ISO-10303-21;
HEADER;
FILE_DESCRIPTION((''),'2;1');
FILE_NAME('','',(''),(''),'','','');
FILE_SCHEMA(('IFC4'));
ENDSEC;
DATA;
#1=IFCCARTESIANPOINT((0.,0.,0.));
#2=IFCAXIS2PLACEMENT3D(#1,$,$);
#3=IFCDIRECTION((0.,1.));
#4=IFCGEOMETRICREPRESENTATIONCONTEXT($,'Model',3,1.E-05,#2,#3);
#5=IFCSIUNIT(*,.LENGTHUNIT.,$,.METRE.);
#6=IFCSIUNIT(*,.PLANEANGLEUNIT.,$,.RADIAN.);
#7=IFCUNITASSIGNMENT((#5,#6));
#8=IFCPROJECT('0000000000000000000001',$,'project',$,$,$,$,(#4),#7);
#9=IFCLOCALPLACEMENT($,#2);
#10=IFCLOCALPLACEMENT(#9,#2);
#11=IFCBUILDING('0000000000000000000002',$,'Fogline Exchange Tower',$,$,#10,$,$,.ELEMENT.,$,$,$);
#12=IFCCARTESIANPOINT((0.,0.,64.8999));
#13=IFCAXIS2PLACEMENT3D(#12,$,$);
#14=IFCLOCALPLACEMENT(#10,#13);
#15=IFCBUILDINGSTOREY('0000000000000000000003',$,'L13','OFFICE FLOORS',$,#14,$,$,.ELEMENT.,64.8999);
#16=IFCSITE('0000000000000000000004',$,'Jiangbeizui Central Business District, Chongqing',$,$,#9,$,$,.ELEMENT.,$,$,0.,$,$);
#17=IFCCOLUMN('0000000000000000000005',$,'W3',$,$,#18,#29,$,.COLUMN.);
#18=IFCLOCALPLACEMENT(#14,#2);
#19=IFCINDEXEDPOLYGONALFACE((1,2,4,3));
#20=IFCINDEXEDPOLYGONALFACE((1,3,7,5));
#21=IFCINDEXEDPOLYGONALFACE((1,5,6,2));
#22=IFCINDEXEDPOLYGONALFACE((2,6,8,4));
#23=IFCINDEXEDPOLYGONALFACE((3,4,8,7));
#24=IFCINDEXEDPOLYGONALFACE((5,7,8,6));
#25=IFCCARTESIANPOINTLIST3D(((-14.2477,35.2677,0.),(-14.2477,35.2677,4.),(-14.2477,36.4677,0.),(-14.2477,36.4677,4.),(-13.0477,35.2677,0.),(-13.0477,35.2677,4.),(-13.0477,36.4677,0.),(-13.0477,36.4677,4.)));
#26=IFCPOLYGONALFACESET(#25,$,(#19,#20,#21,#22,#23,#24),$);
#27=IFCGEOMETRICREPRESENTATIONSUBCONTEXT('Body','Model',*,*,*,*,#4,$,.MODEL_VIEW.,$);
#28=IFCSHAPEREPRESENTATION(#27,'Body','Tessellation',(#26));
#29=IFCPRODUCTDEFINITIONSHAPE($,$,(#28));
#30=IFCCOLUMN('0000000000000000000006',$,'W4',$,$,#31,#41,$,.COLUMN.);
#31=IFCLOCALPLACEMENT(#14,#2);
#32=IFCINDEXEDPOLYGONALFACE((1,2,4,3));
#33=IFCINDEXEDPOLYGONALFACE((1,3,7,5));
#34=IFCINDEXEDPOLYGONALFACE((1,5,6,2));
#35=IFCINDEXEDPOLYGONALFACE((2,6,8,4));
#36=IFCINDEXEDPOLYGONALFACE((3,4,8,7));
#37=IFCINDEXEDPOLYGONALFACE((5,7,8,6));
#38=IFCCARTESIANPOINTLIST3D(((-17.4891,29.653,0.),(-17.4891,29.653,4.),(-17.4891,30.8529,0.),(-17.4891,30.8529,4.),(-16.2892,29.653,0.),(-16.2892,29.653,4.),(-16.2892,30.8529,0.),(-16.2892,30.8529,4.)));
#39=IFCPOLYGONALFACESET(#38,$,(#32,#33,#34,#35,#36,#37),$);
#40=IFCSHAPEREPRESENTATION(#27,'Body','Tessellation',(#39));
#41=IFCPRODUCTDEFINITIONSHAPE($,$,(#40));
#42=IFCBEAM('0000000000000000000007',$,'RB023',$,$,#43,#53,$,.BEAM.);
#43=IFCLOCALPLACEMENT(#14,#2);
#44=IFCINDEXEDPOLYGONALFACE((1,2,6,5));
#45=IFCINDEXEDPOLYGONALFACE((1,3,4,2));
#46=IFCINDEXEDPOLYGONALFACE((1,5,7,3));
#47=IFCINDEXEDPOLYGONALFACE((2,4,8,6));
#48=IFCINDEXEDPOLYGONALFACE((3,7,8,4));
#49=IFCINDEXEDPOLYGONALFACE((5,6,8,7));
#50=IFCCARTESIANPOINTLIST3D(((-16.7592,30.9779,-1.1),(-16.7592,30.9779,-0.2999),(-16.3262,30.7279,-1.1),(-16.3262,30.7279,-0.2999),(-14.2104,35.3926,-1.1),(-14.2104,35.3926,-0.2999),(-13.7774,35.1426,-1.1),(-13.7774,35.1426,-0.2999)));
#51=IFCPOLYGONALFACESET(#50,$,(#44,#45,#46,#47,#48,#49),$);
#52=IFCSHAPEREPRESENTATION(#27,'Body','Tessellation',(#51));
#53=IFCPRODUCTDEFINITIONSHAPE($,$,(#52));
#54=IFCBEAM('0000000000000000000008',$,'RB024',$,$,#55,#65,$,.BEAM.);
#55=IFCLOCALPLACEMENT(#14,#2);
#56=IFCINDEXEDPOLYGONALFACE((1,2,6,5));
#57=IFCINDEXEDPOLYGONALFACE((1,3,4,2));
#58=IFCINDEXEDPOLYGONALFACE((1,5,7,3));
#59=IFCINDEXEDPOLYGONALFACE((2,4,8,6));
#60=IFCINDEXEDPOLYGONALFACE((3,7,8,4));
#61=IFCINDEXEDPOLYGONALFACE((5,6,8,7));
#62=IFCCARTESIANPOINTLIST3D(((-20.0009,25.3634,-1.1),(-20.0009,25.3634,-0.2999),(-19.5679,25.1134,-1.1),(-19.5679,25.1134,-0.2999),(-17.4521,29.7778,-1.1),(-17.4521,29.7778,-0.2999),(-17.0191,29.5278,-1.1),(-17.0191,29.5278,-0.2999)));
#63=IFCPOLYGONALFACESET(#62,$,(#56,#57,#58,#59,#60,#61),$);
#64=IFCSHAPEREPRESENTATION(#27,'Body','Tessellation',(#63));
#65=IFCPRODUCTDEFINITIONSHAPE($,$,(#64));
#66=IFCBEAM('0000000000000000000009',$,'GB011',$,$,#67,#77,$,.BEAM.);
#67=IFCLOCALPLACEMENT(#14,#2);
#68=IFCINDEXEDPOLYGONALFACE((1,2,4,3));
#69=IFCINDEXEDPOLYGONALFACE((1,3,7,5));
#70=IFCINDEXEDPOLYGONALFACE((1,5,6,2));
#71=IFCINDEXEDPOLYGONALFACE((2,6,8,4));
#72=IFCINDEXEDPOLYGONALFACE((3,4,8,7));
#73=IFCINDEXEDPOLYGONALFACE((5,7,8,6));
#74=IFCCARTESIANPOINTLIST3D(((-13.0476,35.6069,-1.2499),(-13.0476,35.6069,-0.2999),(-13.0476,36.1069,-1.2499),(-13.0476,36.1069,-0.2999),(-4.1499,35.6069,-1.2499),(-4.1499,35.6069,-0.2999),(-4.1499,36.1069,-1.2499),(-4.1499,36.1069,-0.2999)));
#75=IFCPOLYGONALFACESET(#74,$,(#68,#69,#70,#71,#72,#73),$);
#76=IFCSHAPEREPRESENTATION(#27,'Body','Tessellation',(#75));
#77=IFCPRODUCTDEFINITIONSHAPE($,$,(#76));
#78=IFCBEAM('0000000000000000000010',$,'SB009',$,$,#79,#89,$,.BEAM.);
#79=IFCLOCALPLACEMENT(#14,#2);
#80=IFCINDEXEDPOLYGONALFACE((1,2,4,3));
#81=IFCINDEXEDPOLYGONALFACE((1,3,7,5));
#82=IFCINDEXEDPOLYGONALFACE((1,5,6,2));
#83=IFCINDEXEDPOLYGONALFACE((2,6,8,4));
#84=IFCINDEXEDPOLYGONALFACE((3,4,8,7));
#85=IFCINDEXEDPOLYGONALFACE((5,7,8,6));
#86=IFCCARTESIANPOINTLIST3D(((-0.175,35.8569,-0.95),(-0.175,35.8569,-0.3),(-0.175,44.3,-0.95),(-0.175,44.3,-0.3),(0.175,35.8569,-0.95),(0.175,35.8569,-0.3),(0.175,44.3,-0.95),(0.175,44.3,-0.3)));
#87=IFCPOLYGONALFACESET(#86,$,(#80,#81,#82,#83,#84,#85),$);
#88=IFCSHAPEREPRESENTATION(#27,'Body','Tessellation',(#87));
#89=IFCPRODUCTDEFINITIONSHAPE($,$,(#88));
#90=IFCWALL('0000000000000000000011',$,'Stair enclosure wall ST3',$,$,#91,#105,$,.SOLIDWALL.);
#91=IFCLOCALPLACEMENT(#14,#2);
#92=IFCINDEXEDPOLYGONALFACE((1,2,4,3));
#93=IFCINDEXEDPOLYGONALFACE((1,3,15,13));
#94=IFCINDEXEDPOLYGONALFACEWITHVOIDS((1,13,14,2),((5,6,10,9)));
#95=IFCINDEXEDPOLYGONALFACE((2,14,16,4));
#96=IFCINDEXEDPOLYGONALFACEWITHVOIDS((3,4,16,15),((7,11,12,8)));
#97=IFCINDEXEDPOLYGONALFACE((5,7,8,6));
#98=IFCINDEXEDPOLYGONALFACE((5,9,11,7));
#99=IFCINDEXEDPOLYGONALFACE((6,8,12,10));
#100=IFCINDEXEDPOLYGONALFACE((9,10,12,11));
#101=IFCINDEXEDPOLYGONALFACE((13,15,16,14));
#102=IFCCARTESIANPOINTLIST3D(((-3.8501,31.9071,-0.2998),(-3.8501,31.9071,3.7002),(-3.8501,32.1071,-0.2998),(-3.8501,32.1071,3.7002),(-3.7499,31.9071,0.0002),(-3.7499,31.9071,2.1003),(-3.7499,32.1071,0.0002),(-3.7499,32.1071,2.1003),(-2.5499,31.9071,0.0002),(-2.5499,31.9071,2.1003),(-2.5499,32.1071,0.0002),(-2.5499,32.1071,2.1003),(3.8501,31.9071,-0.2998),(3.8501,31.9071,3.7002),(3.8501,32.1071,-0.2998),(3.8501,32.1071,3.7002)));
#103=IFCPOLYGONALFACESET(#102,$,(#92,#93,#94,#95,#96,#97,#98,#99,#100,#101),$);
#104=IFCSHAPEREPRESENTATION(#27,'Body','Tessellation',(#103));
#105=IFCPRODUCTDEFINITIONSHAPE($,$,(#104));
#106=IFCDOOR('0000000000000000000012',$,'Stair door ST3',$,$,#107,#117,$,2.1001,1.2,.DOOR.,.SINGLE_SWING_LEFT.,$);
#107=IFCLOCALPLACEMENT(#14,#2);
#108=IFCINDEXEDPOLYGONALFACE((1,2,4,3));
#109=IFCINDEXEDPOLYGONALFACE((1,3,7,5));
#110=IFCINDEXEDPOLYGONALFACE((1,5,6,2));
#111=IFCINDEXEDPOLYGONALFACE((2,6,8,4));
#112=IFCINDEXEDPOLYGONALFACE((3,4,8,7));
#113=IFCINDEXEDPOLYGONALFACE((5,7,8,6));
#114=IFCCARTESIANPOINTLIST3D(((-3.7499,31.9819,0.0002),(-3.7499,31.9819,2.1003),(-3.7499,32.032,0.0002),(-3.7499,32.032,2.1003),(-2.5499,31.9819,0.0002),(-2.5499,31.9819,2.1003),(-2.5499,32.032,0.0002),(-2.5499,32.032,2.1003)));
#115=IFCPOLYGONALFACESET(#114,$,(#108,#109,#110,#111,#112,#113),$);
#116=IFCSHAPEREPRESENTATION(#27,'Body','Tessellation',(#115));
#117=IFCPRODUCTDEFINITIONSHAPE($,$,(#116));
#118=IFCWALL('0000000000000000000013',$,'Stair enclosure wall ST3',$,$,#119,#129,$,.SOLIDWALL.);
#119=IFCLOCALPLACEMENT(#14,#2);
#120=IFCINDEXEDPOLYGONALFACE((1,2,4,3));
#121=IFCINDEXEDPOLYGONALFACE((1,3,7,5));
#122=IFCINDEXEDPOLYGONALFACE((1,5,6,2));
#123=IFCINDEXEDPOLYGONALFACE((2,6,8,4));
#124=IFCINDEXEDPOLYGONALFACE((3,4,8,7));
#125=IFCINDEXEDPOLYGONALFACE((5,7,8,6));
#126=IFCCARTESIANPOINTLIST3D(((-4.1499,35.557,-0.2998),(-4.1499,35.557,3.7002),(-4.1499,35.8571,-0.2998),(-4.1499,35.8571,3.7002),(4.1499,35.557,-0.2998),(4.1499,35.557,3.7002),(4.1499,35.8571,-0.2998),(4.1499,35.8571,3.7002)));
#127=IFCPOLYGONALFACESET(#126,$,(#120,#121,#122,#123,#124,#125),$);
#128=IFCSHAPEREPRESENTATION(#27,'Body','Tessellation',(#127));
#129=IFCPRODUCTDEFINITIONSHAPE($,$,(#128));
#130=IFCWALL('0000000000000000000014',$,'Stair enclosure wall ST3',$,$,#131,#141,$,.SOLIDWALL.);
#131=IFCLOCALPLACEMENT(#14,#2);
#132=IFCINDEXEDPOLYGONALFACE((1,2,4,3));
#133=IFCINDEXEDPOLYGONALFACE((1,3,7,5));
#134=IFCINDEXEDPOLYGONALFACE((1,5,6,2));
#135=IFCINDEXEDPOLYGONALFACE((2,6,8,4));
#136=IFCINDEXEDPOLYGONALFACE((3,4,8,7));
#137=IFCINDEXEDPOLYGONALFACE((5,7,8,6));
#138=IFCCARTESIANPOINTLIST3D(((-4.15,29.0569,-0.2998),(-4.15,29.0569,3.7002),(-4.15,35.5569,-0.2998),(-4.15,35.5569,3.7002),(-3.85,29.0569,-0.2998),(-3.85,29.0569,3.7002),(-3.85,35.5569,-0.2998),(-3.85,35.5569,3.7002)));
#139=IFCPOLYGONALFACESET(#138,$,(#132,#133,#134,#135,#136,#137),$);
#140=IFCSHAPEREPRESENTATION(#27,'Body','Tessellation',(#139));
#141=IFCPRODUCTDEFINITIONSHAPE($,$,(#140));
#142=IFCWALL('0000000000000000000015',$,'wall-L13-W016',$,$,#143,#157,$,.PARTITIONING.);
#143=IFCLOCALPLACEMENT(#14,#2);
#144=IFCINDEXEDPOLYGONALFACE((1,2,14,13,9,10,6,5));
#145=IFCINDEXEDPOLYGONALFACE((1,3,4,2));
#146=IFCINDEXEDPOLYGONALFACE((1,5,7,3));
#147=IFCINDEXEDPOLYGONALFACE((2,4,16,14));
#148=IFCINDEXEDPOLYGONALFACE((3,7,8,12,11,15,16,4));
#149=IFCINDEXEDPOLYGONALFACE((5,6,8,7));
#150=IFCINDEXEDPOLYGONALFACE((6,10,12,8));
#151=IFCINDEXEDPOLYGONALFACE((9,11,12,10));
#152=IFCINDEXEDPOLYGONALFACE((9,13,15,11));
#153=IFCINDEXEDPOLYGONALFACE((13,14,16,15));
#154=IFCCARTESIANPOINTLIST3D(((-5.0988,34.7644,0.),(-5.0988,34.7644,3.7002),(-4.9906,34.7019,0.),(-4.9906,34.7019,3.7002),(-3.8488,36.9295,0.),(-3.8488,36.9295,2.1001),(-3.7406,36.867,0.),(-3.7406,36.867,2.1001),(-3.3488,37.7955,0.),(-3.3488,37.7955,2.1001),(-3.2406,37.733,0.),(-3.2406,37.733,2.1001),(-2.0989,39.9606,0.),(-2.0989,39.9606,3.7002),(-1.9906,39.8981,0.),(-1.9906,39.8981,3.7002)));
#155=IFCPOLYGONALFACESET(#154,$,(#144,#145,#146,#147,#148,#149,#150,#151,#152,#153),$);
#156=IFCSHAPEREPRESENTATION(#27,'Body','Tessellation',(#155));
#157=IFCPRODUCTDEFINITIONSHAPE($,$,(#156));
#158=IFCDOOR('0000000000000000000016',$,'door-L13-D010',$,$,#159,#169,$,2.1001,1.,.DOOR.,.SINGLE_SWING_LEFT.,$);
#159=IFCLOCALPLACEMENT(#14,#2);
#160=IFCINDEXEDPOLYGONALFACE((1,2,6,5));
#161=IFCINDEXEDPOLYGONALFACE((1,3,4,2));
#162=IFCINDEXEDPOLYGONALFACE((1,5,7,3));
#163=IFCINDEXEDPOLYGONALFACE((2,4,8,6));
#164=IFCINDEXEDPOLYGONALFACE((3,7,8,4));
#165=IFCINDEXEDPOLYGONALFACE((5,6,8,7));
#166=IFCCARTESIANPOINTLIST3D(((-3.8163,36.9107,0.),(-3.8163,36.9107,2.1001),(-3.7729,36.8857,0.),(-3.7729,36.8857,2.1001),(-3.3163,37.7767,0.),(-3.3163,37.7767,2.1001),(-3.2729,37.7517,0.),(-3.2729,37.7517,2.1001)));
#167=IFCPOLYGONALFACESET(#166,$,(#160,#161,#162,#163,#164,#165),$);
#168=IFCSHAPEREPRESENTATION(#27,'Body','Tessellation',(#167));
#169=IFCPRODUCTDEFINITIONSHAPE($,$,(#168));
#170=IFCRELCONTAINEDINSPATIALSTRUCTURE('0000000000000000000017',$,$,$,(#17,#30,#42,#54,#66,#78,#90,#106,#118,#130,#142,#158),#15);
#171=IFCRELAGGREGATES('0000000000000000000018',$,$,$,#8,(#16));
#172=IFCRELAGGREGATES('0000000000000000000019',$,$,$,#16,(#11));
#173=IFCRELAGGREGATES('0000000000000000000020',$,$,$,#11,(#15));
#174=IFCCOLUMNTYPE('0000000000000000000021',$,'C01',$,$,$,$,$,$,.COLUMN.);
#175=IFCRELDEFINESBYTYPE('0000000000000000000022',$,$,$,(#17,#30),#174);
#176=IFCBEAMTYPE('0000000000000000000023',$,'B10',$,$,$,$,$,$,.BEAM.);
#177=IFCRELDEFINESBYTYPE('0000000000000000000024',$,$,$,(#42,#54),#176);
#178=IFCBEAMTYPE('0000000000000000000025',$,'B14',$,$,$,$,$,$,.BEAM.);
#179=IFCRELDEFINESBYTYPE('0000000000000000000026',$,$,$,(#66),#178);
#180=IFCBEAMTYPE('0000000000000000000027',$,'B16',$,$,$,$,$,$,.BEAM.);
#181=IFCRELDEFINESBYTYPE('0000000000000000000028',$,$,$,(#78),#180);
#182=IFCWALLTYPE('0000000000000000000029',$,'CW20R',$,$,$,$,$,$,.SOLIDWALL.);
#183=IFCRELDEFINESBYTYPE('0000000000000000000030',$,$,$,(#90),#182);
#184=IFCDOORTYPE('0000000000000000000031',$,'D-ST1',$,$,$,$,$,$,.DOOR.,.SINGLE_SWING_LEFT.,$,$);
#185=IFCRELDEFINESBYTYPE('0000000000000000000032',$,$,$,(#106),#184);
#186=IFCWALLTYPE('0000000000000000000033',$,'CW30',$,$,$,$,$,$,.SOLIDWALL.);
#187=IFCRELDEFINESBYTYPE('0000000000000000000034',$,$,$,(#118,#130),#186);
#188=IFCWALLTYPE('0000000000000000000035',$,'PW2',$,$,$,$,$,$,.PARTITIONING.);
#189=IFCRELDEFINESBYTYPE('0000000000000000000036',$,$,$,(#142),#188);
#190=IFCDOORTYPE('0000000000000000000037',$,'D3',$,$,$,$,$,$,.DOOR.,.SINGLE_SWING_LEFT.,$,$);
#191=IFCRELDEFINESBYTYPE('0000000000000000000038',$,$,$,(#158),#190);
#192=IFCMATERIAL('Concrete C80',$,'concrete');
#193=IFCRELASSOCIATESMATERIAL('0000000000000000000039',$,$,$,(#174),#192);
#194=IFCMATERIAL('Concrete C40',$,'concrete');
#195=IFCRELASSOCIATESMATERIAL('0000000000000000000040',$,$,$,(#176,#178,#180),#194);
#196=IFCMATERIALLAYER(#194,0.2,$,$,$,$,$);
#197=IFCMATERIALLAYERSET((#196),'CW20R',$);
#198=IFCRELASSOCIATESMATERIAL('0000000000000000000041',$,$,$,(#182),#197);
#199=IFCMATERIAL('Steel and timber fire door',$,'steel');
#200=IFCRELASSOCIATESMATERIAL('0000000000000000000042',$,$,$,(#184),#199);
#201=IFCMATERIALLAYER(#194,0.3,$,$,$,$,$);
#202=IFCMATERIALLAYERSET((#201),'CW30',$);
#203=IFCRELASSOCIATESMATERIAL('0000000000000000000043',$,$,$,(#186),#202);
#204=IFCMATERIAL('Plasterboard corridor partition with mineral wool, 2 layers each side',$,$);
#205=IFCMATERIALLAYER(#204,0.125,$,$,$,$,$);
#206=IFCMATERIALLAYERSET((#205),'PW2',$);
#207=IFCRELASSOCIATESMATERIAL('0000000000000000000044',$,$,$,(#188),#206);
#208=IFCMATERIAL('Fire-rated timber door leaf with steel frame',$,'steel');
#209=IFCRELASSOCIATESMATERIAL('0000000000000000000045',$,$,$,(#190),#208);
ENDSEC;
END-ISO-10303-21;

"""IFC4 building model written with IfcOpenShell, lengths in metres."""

from ifc_helpers import new_model, si_unit, direction, frame, frame_2d, origin, origin_2d, place, context, subcontext, project, spatial, rectangle, extrude, material, layer, layer_set, material_profile, profile_set, type_object, element, fill, save


model = new_model("IFC4")

# Units and contexts
model_context = context("Model", 3, precision=1e-05, world=origin(), true_north=direction((0.0, 1.0)))
body_context = subcontext(model_context, "Body", "Model", "MODEL_VIEW")
ifc_project = project(units=[si_unit("LENGTHUNIT", "METRE"), si_unit("PLANEANGLEUNIT", "RADIAN")], contexts=[model_context])

# Site, building, storey
site_placement = place(None, origin())
site = spatial("IfcSite", under=ifc_project, at=site_placement, Name="Jiangbeizui Central Business District, Chongqing", CompositionType="ELEMENT", RefElevation=0.0)
building_placement = place(site_placement, origin())
building = spatial("IfcBuilding", under=site, at=building_placement, Name="Fogline Exchange Tower", CompositionType="ELEMENT")
storey_placement = place(building_placement, frame((0.0, 0.0, 64.8999)))
storey = spatial("IfcBuildingStorey", under=building, at=storey_placement, Name="L13", Description="OFFICE FLOORS", CompositionType="ELEMENT", Elevation=64.8999)

# Columns
ifc_material_1 = material(Name="Concrete C80", Category="concrete")
ifc_material_profile_1 = material_profile(ifc_material_1, rectangle(XDim=1.2, YDim=1.2, at=origin_2d()), Name="RC 1200x1200")
ifc_profile_set_1 = profile_set([ifc_material_profile_1], Name="Concrete C80")
column_type = type_object("IfcColumnType", Name="C01", PredefinedType="COLUMN", material=ifc_profile_set_1)
for number, where, z_axis, x_axis, name in (
    (1, (-13.6477, 35.8677, 0.0), (0.0, 0.0, 1.0), (1.0, 0.0, 0.0), "W3"),
    (2, (-16.8892, 30.2529, 0.0), (0.0, 0.0, 1.0), (1.0, 0.0, 0.0), "W4"),
):
    element("IfcColumn", number, at=place(storey_placement, frame(where, z_axis=z_axis, x_axis=x_axis)), inside=storey, type_object=column_type, Name=name, PredefinedType="COLUMN", context=body_context, shape_type="SweptSolid", body=[
        extrude(rectangle(XDim=1.2, YDim=1.2, at=origin_2d()), origin(), (0.0, 0.0, 1.0), 4.0),
    ])

# Beams
ifc_material_2 = material(Name="Concrete C40", Category="concrete")
ifc_material_profile_2 = material_profile(ifc_material_2, rectangle(XDim=0.5, YDim=0.8, at=origin_2d()), Name="RC 500x800")
ifc_profile_set_2 = profile_set([ifc_material_profile_2], Name="Concrete C40")
beam_type_1 = type_object("IfcBeamType", Name="B10", PredefinedType="BEAM", material=ifc_profile_set_2)
beam_1_placement = place(storey_placement, frame((-13.9939, 35.2676, -0.7), z_axis=(-0.499992, -0.86603, 0.0), x_axis=(0.86603, -0.499992, 0.0)))
element("IfcBeam", 3, at=beam_1_placement, inside=storey, type_object=beam_type_1, Name="RB023", PredefinedType="BEAM", context=body_context, shape_type="SweptSolid", body=[
    extrude(rectangle(XDim=0.5, YDim=0.8, at=origin_2d()), origin(), (0.0, 0.0, 1.0), 5.0977),
])
beam_2_placement = place(storey_placement, frame((-17.2356, 29.6528, -0.7), z_axis=(-0.500013, -0.866018, 0.0), x_axis=(0.866018, -0.500013, 0.0)))
element("IfcBeam", 4, at=beam_2_placement, inside=storey, type_object=beam_type_1, Name="RB024", PredefinedType="BEAM", context=body_context, shape_type="SweptSolid", body=[
    extrude(rectangle(XDim=0.5, YDim=0.8, at=origin_2d()), origin(), (0.0, 0.0, 1.0), 5.0974),
])
ifc_material_profile_3 = material_profile(ifc_material_2, rectangle(XDim=0.5, YDim=0.95, at=origin_2d()), Name="RC 500x950")
ifc_profile_set_3 = profile_set([ifc_material_profile_3], Name="Concrete C40")
beam_type_2 = type_object("IfcBeamType", Name="B14", PredefinedType="BEAM", material=ifc_profile_set_3)
beam_3_placement = place(storey_placement, frame((-13.0476, 35.8569, -0.7749), z_axis=(1.0, 0.0, 0.0), x_axis=(0.0, 1.0, 0.0)))
element("IfcBeam", 5, at=beam_3_placement, inside=storey, type_object=beam_type_2, Name="GB011", PredefinedType="BEAM", context=body_context, shape_type="SweptSolid", body=[
    extrude(rectangle(XDim=0.5, YDim=0.95, at=origin_2d()), origin(), (0.0, 0.0, 1.0), 8.8977),
])
ifc_material_profile_4 = material_profile(ifc_material_2, rectangle(XDim=0.3501, YDim=0.6499, at=origin_2d()), Name="RC 350x650")
ifc_profile_set_4 = profile_set([ifc_material_profile_4], Name="Concrete C40")
beam_type_3 = type_object("IfcBeamType", Name="B16", PredefinedType="BEAM", material=ifc_profile_set_4)
beam_4_placement = place(storey_placement, frame((0.0, 35.8569, -0.625), z_axis=(0.0, 1.0, 0.0), x_axis=(-1.0, 0.0, 0.0)))
element("IfcBeam", 6, at=beam_4_placement, inside=storey, type_object=beam_type_3, Name="SB009", PredefinedType="BEAM", context=body_context, shape_type="SweptSolid", body=[
    extrude(rectangle(XDim=0.3501, YDim=0.6499, at=origin_2d()), origin(), (0.0, 0.0, 1.0), 8.4431),
])

# Wall, opening, door
ifc_layer_1 = layer(ifc_material_2, 0.2)
ifc_layer_set_1 = layer_set([ifc_layer_1], Name="CW20R")
wall_type_1 = type_object("IfcWallType", Name="CW20R", PredefinedType="SOLIDWALL", material=ifc_layer_set_1)
wall_1_placement = place(storey_placement, frame((-3.8501, 32.0071, -0.2998), z_axis=(0.0, 0.0, 1.0), x_axis=(1.0, 0.0, 0.0)))
wall_1 = element("IfcWall", 7, at=wall_1_placement, inside=storey, type_object=wall_type_1, Name="Stair enclosure wall ST3", PredefinedType="SOLIDWALL", context=body_context, shape_type="SweptSolid", body=[
    extrude(rectangle(XDim=7.7002, YDim=0.2, at=frame_2d((3.8501, 0.0))), origin(), (0.0, 0.0, 1.0), 4.0),
])
opening_1_placement = place(wall_1_placement, frame((0.1001, 0.0, 0.3)))
opening_1 = element("IfcOpeningElement", 8, at=opening_1_placement, cuts=wall_1, PredefinedType="OPENING", context=body_context, shape_type="SweptSolid", body=[
    extrude(rectangle(XDim=1.2, YDim=2.1001, at=frame_2d((0.6001, 1.05))), frame((0.0, 0.1099, 0.0), z_axis=(0.0, -1.0, 0.0), x_axis=(1.0, 0.0, 0.0)), (0.0, 0.0, 1.0), 0.22),
])
ifc_material_3 = material(Name="Steel and timber fire door", Category="steel")
door_type_1 = type_object("IfcDoorType", Name="D-ST1", OperationType="SINGLE_SWING_LEFT", PredefinedType="DOOR", material=ifc_material_3)
door_1_placement = place(opening_1_placement, origin())
door_1 = element("IfcDoor", 9, at=door_1_placement, inside=storey, type_object=door_type_1, Name="Stair door ST3", OperationType="SINGLE_SWING_LEFT", OverallHeight=2.1001, OverallWidth=1.2, PredefinedType="DOOR", context=body_context, shape_type="SweptSolid", body=[
    extrude(rectangle(XDim=1.2, YDim=2.1001, at=frame_2d((0.6001, 1.05))), frame((0.0, 0.0249, 0.0), z_axis=(0.0, -1.0, 0.0), x_axis=(1.0, 0.0, 0.0)), (0.0, 0.0, 1.0), 0.05),
])
fill(opening_1, door_1)

# Walls
ifc_layer_2 = layer(ifc_material_2, 0.3)
ifc_layer_set_2 = layer_set([ifc_layer_2], Name="CW30")
wall_type_2 = type_object("IfcWallType", Name="CW30", PredefinedType="SOLIDWALL", material=ifc_layer_set_2)
wall_2_placement = place(storey_placement, frame((-4.1499, 35.707, -0.2998), z_axis=(0.0, 0.0, 1.0), x_axis=(1.0, 0.0, 0.0)))
element("IfcWall", 10, at=wall_2_placement, inside=storey, type_object=wall_type_2, Name="Stair enclosure wall ST3", PredefinedType="SOLIDWALL", context=body_context, shape_type="SweptSolid", body=[
    extrude(rectangle(XDim=8.2998, YDim=0.3, at=frame_2d((4.1499, 0.0))), origin(), (0.0, 0.0, 1.0), 4.0),
])
wall_3_placement = place(storey_placement, frame((-4.0, 29.0569, -0.2998), z_axis=(0.0, 0.0, 1.0), x_axis=(0.0, 1.0, 0.0)))
element("IfcWall", 11, at=wall_3_placement, inside=storey, type_object=wall_type_2, Name="Stair enclosure wall ST3", PredefinedType="SOLIDWALL", context=body_context, shape_type="SweptSolid", body=[
    extrude(rectangle(XDim=6.5, YDim=0.3, at=frame_2d((3.25, 0.0))), origin(), (0.0, 0.0, 1.0), 4.0),
])

# Wall, opening, door
ifc_material_4 = material(Name="Plasterboard corridor partition with mineral wool, 2 layers each side")
ifc_layer_3 = layer(ifc_material_4, 0.125)
ifc_layer_set_3 = layer_set([ifc_layer_3], Name="PW2")
wall_type_3 = type_object("IfcWallType", Name="PW2", PredefinedType="PARTITIONING", material=ifc_layer_set_3)
wall_4_placement = place(storey_placement, frame((-5.0447, 34.7332, 0.0), z_axis=(0.0, 0.0, 1.0), x_axis=(0.49999, 0.866031, 0.0)))
wall_4 = element("IfcWall", 12, at=wall_4_placement, inside=storey, type_object=wall_type_3, Name="wall-L13-W016", PredefinedType="PARTITIONING", context=body_context, shape_type="SweptSolid", body=[
    extrude(rectangle(XDim=6.0, YDim=0.125, at=frame_2d((3.0, 0.0))), origin(), (0.0, 0.0, 1.0), 3.7002),
])
opening_2_placement = place(wall_4_placement, frame((2.5, 0.0, 0.0)))
opening_2 = element("IfcOpeningElement", 13, at=opening_2_placement, cuts=wall_4, PredefinedType="OPENING", context=body_context, shape_type="SweptSolid", body=[
    extrude(rectangle(XDim=1.0, YDim=2.1001, at=frame_2d((0.5, 1.05))), frame((0.0, 0.0725, 0.0), z_axis=(0.0, -1.0, 0.0), x_axis=(1.0, 0.0, 0.0)), (0.0, 0.0, 1.0), 0.145),
])
ifc_material_5 = material(Name="Fire-rated timber door leaf with steel frame", Category="steel")
door_type_2 = type_object("IfcDoorType", Name="D3", OperationType="SINGLE_SWING_LEFT", PredefinedType="DOOR", material=ifc_material_5)
door_2_placement = place(opening_2_placement, origin())
door_2 = element("IfcDoor", 14, at=door_2_placement, inside=storey, type_object=door_type_2, Name="door-L13-D010", OperationType="SINGLE_SWING_LEFT", OverallHeight=2.1001, OverallWidth=1.0, PredefinedType="DOOR", context=body_context, shape_type="SweptSolid", body=[
    extrude(rectangle(XDim=1.0, YDim=2.1001, at=frame_2d((0.5, 1.05))), frame((0.0, 0.0249, 0.0), z_axis=(0.0, -1.0, 0.0), x_axis=(1.0, 0.0, 0.0)), (0.0, 0.0, 1.0), 0.05),
])
fill(opening_2, door_2)

save(model, "model.ifc")
